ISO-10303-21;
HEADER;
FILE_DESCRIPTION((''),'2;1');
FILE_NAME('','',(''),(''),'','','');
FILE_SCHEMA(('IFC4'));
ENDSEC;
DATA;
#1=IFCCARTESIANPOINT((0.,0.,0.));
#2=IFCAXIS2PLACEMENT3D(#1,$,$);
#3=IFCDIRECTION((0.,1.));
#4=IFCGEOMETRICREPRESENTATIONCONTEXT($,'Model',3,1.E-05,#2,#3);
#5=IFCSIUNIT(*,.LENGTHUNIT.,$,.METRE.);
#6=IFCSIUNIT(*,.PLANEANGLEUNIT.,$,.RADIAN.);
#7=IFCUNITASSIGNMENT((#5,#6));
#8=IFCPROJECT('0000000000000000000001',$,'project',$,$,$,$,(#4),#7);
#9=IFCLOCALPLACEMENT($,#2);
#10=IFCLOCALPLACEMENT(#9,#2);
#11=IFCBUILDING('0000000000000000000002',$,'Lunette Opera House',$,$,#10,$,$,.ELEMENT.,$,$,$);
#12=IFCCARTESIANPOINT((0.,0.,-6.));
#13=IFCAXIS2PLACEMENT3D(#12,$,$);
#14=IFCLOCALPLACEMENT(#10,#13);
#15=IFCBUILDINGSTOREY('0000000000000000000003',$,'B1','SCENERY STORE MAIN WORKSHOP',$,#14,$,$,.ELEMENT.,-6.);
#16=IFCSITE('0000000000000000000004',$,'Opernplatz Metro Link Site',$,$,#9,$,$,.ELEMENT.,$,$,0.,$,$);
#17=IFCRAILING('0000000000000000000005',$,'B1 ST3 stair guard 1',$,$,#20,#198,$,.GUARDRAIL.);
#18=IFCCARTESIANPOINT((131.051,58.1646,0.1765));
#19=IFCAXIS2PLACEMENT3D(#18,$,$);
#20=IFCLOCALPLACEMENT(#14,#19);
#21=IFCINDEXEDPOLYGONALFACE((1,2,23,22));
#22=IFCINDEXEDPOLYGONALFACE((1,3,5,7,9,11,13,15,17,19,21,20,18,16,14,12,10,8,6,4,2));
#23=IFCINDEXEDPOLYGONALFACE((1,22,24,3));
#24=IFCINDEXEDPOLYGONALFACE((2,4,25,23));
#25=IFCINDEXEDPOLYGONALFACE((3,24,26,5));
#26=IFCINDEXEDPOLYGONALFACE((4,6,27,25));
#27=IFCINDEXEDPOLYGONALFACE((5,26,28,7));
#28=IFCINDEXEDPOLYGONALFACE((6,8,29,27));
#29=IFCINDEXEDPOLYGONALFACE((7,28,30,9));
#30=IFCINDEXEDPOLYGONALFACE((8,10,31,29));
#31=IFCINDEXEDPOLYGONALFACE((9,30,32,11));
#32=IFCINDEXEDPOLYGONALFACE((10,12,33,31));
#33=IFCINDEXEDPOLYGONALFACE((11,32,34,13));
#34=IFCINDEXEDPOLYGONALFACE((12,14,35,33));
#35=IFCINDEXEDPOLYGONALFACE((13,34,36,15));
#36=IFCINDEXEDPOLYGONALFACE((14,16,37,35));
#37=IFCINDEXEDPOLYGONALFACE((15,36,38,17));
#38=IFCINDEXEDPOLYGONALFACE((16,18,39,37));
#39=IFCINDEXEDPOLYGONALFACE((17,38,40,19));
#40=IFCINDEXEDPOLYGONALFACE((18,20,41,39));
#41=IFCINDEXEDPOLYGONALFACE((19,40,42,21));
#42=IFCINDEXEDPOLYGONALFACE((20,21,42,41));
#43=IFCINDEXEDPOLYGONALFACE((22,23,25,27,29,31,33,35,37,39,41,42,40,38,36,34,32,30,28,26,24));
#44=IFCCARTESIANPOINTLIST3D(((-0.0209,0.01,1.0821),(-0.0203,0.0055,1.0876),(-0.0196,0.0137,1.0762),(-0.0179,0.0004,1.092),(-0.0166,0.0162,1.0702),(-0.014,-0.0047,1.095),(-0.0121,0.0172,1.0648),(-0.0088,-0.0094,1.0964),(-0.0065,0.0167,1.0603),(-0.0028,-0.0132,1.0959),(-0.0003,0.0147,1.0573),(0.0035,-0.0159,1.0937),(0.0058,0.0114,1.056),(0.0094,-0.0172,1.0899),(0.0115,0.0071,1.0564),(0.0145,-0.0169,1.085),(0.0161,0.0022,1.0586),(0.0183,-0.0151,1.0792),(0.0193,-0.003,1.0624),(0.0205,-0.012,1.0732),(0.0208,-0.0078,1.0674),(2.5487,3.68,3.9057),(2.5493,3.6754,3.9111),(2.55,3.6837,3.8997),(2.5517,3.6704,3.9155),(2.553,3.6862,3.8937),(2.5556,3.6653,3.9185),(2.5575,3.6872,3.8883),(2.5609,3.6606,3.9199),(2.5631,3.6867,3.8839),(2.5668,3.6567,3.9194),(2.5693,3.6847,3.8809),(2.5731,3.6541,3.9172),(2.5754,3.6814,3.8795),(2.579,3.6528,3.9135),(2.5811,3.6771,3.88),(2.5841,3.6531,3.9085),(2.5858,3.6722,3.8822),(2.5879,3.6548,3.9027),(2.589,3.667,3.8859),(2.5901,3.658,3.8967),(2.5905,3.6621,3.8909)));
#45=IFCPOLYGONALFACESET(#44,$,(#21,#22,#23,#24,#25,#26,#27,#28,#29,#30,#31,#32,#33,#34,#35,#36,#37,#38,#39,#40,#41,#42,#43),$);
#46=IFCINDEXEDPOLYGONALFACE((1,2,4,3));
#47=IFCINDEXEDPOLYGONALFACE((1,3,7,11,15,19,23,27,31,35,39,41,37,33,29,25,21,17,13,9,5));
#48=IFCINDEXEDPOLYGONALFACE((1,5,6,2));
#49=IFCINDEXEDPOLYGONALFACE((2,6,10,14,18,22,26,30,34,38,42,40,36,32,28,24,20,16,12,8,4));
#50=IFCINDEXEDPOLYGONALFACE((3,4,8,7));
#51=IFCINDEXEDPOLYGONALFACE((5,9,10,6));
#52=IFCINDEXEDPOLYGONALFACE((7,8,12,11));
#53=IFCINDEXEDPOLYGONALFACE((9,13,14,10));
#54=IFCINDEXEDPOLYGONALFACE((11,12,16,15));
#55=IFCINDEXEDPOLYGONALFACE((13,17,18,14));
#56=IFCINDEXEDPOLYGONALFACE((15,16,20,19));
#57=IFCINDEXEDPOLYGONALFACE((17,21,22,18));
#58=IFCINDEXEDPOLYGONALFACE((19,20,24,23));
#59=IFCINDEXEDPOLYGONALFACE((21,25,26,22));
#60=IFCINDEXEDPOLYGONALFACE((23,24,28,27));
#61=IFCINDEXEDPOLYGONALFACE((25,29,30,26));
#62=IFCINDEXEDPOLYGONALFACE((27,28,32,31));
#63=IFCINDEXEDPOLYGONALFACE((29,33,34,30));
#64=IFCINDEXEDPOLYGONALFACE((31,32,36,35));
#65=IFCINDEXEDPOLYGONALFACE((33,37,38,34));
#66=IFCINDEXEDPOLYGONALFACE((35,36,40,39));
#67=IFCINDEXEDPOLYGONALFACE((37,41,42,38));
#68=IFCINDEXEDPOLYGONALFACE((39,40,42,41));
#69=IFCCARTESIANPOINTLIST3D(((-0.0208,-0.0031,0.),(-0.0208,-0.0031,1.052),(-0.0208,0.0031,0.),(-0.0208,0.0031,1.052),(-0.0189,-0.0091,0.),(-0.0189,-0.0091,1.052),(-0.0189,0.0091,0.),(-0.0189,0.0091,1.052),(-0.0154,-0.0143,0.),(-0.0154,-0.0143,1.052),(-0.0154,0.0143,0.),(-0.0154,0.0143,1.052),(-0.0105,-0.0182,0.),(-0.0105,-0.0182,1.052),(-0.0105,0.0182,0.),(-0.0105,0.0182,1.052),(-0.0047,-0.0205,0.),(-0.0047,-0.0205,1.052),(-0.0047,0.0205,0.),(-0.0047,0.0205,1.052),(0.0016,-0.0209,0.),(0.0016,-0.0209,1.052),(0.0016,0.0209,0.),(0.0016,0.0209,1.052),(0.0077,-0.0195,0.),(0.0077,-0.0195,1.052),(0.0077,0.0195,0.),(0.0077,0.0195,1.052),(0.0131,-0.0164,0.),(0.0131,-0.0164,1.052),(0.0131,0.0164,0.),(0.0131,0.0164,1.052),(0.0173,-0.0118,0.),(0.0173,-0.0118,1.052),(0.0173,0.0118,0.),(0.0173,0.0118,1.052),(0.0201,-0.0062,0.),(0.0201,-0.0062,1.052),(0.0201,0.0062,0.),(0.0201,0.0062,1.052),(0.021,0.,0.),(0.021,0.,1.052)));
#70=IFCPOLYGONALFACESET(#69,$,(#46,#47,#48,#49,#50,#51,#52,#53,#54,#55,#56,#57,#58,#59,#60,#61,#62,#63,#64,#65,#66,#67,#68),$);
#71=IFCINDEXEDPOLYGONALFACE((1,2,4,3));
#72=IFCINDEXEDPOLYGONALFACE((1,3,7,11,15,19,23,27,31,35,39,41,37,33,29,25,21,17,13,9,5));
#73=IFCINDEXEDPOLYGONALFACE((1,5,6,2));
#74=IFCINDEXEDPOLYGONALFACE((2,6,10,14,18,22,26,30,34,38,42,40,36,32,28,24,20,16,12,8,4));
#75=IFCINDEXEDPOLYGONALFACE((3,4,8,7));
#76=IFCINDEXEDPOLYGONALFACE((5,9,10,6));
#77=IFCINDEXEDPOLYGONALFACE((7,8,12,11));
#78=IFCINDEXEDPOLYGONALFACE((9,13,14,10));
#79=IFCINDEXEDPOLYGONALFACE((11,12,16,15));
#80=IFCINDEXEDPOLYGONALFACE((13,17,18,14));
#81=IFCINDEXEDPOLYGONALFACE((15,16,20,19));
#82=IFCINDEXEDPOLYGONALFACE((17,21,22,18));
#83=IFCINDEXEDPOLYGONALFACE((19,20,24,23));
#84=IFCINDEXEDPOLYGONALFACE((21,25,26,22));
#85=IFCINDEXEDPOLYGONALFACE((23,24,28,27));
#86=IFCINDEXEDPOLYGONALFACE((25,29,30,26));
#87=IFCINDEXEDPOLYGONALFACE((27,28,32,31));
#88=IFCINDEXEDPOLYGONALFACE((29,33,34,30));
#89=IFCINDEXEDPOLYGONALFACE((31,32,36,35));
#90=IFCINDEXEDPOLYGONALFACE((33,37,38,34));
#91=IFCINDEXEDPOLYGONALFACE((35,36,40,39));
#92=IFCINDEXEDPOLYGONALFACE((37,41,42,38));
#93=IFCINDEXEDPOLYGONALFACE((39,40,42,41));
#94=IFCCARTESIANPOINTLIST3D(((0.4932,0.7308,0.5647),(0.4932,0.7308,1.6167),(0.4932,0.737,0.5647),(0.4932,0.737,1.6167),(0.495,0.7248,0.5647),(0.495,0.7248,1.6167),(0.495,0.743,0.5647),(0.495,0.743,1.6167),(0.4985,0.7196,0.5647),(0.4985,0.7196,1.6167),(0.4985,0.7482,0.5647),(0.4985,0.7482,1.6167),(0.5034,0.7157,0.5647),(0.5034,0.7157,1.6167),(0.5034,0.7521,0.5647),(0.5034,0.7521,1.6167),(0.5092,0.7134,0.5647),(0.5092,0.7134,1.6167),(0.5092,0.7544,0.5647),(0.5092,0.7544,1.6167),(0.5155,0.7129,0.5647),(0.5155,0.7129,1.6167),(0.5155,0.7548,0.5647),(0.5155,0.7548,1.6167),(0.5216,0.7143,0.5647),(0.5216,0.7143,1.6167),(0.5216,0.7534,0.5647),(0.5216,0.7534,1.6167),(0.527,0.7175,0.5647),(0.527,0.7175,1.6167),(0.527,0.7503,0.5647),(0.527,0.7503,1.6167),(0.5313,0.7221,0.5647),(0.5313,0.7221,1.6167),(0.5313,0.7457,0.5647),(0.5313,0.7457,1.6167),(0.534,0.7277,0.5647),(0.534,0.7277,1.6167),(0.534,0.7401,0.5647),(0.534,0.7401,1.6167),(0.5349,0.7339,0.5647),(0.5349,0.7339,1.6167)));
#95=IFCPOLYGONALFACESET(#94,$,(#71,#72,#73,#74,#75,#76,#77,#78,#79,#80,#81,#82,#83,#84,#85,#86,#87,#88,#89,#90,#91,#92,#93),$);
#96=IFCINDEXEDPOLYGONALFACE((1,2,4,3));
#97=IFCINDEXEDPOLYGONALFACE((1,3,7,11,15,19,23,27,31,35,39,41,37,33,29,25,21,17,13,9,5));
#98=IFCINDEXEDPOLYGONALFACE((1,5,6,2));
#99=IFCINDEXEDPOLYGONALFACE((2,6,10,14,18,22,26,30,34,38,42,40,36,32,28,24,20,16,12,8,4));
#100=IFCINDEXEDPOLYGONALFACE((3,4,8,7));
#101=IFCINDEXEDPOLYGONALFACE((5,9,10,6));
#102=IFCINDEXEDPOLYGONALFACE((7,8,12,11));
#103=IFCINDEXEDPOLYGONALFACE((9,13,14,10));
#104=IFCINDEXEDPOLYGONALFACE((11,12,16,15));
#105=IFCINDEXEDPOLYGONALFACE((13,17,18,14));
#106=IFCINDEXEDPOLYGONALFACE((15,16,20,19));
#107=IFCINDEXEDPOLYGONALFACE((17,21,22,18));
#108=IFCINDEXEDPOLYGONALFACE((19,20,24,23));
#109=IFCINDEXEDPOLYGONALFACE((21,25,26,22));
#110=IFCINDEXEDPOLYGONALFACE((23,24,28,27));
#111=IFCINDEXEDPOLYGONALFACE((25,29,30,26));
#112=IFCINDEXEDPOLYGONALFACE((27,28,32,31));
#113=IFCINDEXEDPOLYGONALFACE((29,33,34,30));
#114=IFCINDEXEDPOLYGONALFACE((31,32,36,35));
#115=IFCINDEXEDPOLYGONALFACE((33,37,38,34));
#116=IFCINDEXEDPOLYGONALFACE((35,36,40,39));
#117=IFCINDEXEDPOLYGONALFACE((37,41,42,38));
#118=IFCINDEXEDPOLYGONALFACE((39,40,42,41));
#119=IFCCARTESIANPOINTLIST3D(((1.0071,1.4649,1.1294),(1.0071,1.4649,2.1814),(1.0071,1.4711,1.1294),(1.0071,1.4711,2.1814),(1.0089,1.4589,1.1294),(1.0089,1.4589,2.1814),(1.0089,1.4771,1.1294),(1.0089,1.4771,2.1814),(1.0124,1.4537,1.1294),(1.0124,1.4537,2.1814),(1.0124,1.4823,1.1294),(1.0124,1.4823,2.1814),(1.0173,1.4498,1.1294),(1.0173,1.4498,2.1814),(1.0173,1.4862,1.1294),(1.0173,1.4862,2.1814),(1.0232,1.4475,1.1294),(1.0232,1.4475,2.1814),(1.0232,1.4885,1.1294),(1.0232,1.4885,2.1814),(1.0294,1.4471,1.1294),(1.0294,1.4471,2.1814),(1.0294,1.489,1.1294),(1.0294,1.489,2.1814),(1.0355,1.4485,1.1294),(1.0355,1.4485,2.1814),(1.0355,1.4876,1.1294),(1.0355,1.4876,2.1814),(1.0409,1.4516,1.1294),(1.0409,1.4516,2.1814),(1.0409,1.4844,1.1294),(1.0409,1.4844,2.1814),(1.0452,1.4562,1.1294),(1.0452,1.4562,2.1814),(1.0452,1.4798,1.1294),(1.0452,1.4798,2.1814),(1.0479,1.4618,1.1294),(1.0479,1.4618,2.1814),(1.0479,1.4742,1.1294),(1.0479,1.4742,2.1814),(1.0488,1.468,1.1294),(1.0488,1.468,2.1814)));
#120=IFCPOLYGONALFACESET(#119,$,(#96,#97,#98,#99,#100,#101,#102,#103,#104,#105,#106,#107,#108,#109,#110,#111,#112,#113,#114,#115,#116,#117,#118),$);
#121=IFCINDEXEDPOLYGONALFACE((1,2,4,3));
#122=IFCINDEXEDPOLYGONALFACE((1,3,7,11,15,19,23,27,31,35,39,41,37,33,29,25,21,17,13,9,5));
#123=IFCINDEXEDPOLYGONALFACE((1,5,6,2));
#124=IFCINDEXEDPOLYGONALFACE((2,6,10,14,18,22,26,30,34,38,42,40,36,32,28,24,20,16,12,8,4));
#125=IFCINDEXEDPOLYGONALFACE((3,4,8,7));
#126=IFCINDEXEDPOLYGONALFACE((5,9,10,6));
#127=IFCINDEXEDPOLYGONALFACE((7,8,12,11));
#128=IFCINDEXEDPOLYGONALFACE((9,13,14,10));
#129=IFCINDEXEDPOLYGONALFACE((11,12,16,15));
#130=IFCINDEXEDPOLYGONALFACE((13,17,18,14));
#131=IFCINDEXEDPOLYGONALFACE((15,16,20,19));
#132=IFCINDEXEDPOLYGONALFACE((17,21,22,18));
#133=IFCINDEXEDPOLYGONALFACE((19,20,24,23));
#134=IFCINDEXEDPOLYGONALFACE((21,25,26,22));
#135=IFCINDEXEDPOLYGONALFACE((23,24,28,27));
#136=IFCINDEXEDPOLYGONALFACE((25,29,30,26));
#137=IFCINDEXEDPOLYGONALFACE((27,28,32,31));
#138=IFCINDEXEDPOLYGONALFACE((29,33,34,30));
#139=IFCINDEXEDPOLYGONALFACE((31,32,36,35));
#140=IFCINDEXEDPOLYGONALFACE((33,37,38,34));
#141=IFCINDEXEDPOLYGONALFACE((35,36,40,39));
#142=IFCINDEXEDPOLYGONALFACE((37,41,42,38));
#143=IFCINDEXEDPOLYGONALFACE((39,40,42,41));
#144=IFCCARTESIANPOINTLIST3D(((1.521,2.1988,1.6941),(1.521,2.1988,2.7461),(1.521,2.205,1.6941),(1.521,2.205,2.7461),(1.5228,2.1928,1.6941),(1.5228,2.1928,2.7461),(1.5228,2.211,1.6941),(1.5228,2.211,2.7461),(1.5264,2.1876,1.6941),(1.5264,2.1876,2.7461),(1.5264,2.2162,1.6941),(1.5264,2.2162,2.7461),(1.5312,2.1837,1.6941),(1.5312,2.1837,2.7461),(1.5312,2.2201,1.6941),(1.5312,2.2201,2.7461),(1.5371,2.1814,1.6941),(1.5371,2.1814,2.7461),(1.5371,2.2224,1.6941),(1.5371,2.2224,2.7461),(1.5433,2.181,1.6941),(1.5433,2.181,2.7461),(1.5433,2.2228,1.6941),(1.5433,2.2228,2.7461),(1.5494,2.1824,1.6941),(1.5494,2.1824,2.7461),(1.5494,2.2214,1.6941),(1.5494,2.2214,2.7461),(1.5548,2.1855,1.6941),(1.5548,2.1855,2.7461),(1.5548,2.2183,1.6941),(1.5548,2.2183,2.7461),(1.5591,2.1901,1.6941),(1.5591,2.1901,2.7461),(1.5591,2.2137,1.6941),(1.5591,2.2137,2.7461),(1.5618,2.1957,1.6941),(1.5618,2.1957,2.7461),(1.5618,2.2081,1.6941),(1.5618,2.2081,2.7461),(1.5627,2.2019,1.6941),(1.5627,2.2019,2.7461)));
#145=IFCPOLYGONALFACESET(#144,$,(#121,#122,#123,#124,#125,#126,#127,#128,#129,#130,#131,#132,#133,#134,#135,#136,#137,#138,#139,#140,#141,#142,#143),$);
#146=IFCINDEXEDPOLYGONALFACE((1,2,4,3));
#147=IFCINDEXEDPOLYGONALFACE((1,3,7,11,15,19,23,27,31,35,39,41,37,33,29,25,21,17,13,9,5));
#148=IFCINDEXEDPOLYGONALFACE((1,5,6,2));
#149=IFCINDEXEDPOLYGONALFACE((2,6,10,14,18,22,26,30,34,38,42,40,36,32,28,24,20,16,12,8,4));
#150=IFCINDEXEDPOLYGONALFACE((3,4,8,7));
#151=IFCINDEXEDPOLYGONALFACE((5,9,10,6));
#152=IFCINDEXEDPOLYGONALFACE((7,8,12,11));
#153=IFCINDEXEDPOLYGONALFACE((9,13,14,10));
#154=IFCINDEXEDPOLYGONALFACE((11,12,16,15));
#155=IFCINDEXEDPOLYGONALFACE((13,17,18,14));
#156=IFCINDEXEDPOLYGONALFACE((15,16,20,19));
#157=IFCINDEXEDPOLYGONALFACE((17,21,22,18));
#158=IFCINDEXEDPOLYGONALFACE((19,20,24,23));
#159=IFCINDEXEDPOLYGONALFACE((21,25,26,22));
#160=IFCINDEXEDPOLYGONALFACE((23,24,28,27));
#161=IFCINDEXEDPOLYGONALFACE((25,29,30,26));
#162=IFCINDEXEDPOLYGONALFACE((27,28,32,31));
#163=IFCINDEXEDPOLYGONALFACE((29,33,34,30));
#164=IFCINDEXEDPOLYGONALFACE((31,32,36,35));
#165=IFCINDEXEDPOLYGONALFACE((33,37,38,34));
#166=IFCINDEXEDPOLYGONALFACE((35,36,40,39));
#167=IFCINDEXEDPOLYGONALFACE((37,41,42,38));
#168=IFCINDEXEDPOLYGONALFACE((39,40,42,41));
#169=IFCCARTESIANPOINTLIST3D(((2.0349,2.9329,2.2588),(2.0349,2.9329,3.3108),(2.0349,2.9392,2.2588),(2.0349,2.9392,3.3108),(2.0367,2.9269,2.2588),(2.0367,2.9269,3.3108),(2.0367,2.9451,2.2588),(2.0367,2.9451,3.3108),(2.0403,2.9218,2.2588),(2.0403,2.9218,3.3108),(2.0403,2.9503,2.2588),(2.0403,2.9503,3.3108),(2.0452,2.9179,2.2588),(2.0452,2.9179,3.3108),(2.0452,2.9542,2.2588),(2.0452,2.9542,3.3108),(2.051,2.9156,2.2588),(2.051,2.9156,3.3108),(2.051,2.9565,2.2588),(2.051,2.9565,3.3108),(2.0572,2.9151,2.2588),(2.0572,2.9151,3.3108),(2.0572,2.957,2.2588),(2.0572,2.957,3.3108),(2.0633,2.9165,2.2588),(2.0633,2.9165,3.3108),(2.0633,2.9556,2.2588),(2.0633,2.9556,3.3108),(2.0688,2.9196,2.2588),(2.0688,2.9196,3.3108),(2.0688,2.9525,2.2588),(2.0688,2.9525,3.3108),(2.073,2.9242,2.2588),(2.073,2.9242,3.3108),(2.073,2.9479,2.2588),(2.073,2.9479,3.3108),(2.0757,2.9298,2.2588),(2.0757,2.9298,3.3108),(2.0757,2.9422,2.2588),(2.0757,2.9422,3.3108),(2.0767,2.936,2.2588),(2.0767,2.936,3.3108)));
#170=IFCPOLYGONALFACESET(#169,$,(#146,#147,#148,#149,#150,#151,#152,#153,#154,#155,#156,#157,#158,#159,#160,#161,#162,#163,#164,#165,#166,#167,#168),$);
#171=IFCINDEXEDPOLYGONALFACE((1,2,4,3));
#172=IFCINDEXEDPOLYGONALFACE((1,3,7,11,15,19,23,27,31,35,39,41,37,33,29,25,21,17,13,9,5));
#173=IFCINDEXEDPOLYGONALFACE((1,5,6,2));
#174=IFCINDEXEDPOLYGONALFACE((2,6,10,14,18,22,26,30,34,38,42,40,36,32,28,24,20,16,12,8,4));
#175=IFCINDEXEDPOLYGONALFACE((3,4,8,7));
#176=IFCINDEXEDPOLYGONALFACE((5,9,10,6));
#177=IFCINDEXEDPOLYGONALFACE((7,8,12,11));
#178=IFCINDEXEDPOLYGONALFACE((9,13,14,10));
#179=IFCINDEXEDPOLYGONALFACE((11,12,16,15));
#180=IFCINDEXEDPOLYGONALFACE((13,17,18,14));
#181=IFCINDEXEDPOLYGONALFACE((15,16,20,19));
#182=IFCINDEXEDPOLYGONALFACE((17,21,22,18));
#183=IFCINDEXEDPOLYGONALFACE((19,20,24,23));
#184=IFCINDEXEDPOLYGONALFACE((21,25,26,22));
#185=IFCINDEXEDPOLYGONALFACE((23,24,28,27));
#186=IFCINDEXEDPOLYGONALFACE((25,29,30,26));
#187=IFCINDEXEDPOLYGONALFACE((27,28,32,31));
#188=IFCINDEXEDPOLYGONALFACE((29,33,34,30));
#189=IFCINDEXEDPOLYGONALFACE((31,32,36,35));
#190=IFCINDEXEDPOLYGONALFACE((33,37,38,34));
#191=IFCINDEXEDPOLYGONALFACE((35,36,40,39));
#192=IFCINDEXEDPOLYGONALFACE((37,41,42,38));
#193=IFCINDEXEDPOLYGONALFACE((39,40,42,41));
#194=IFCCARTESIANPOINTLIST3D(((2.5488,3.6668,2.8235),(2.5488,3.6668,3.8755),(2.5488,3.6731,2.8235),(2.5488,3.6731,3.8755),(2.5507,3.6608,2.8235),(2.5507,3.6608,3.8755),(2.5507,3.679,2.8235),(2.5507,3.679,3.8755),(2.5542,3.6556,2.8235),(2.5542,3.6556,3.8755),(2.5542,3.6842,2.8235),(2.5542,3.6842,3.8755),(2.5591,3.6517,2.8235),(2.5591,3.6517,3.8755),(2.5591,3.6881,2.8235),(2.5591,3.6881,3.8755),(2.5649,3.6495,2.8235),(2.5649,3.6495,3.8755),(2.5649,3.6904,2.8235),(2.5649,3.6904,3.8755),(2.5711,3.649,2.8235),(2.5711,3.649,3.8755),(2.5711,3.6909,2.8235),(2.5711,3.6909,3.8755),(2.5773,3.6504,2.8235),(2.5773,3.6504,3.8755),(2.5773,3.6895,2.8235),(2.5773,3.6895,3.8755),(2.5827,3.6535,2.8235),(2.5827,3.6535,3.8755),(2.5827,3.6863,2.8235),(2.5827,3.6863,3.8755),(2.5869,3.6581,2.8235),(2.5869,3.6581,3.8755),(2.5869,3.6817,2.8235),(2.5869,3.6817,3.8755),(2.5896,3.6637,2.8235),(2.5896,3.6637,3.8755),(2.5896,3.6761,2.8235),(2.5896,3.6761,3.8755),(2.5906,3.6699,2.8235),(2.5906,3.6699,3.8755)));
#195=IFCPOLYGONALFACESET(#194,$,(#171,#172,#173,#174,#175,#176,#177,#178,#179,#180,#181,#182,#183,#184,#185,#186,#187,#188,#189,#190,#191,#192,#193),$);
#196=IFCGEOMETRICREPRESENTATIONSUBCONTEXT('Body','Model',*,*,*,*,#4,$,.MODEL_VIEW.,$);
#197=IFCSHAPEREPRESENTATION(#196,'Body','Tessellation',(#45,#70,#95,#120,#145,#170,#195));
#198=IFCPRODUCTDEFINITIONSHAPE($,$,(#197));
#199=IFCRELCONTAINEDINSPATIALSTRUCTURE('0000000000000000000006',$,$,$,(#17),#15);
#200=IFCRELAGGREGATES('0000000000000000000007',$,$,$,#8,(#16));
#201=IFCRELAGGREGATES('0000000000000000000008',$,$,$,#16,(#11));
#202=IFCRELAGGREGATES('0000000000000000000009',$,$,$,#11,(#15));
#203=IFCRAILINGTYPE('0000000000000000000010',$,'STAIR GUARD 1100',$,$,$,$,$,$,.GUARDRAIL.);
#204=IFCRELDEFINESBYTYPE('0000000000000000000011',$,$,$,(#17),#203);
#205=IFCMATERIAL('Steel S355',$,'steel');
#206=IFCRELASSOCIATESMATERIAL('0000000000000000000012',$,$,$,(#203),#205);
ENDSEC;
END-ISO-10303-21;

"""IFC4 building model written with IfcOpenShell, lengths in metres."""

from ifc_helpers import new_model, si_unit, direction, frame, origin, origin_2d, place, context, subcontext, project, spatial, circle, extrude, material, type_object, element, save


model = new_model("IFC4")

# Units and contexts
model_context = context("Model", 3, precision=1e-05, world=origin(), true_north=direction((0.0, 1.0)))
body_context = subcontext(model_context, "Body", "Model", "MODEL_VIEW")
ifc_project = project(units=[si_unit("LENGTHUNIT", "METRE"), si_unit("PLANEANGLEUNIT", "RADIAN")], contexts=[model_context])

# Site, building, storey
site_placement = place(None, origin())
site = spatial("IfcSite", under=ifc_project, at=site_placement, Name="Opernplatz Metro Link Site", CompositionType="ELEMENT", RefElevation=0.0)
building_placement = place(site_placement, origin())
building = spatial("IfcBuilding", under=site, at=building_placement, Name="Lunette Opera House", CompositionType="ELEMENT")
storey_placement = place(building_placement, frame((0.0, 0.0, -6.0)))
storey = spatial("IfcBuildingStorey", under=building, at=storey_placement, Name="B1", Description="SCENERY STORE MAIN WORKSHOP", CompositionType="ELEMENT", Elevation=-6.0)

# Railing
ifc_material_1 = material(Name="Steel S355", Category="steel")
railing_type_1 = type_object("IfcRailingType", Name="STAIR GUARD 1100", PredefinedType="GUARDRAIL", material=ifc_material_1)
railing_1_placement = place(storey_placement, frame((131.051, 58.1646, 0.1765)))
element("IfcRailing", 1, at=railing_1_placement, inside=storey, type_object=railing_type_1, Name="B1 ST3 stair guard 1", PredefinedType="GUARDRAIL", context=body_context, shape_type="SweptSolid", body=[
    extrude(circle(Radius=0.0239, at=origin_2d()), frame((0.0, 0.0, 1.0762), z_axis=(0.485231, 0.693016, 0.533178), x_axis=(-0.819165, 0.573557, 0.0)), (0.0, 0.0, 1.0), 5.2957),
    extrude(circle(Radius=0.021, at=origin_2d()), origin(), (0.0, 0.0, 1.0), 1.052),
    extrude(circle(Radius=0.021, at=origin_2d()), frame((0.5139, 0.7339, 0.5647)), (0.0, 0.0, 1.0), 1.052),
    extrude(circle(Radius=0.021, at=origin_2d()), frame((1.0278, 1.468, 1.1294)), (0.0, 0.0, 1.0), 1.052),
    extrude(circle(Radius=0.021, at=origin_2d()), frame((1.5417, 2.2019, 1.6941)), (0.0, 0.0, 1.0), 1.052),
    extrude(circle(Radius=0.021, at=origin_2d()), frame((2.0557, 2.936, 2.2588)), (0.0, 0.0, 1.0), 1.052),
    extrude(circle(Radius=0.021, at=origin_2d()), frame((2.5696, 3.6699, 2.8235)), (0.0, 0.0, 1.0), 1.052),
])

save(model, "model.ifc")
